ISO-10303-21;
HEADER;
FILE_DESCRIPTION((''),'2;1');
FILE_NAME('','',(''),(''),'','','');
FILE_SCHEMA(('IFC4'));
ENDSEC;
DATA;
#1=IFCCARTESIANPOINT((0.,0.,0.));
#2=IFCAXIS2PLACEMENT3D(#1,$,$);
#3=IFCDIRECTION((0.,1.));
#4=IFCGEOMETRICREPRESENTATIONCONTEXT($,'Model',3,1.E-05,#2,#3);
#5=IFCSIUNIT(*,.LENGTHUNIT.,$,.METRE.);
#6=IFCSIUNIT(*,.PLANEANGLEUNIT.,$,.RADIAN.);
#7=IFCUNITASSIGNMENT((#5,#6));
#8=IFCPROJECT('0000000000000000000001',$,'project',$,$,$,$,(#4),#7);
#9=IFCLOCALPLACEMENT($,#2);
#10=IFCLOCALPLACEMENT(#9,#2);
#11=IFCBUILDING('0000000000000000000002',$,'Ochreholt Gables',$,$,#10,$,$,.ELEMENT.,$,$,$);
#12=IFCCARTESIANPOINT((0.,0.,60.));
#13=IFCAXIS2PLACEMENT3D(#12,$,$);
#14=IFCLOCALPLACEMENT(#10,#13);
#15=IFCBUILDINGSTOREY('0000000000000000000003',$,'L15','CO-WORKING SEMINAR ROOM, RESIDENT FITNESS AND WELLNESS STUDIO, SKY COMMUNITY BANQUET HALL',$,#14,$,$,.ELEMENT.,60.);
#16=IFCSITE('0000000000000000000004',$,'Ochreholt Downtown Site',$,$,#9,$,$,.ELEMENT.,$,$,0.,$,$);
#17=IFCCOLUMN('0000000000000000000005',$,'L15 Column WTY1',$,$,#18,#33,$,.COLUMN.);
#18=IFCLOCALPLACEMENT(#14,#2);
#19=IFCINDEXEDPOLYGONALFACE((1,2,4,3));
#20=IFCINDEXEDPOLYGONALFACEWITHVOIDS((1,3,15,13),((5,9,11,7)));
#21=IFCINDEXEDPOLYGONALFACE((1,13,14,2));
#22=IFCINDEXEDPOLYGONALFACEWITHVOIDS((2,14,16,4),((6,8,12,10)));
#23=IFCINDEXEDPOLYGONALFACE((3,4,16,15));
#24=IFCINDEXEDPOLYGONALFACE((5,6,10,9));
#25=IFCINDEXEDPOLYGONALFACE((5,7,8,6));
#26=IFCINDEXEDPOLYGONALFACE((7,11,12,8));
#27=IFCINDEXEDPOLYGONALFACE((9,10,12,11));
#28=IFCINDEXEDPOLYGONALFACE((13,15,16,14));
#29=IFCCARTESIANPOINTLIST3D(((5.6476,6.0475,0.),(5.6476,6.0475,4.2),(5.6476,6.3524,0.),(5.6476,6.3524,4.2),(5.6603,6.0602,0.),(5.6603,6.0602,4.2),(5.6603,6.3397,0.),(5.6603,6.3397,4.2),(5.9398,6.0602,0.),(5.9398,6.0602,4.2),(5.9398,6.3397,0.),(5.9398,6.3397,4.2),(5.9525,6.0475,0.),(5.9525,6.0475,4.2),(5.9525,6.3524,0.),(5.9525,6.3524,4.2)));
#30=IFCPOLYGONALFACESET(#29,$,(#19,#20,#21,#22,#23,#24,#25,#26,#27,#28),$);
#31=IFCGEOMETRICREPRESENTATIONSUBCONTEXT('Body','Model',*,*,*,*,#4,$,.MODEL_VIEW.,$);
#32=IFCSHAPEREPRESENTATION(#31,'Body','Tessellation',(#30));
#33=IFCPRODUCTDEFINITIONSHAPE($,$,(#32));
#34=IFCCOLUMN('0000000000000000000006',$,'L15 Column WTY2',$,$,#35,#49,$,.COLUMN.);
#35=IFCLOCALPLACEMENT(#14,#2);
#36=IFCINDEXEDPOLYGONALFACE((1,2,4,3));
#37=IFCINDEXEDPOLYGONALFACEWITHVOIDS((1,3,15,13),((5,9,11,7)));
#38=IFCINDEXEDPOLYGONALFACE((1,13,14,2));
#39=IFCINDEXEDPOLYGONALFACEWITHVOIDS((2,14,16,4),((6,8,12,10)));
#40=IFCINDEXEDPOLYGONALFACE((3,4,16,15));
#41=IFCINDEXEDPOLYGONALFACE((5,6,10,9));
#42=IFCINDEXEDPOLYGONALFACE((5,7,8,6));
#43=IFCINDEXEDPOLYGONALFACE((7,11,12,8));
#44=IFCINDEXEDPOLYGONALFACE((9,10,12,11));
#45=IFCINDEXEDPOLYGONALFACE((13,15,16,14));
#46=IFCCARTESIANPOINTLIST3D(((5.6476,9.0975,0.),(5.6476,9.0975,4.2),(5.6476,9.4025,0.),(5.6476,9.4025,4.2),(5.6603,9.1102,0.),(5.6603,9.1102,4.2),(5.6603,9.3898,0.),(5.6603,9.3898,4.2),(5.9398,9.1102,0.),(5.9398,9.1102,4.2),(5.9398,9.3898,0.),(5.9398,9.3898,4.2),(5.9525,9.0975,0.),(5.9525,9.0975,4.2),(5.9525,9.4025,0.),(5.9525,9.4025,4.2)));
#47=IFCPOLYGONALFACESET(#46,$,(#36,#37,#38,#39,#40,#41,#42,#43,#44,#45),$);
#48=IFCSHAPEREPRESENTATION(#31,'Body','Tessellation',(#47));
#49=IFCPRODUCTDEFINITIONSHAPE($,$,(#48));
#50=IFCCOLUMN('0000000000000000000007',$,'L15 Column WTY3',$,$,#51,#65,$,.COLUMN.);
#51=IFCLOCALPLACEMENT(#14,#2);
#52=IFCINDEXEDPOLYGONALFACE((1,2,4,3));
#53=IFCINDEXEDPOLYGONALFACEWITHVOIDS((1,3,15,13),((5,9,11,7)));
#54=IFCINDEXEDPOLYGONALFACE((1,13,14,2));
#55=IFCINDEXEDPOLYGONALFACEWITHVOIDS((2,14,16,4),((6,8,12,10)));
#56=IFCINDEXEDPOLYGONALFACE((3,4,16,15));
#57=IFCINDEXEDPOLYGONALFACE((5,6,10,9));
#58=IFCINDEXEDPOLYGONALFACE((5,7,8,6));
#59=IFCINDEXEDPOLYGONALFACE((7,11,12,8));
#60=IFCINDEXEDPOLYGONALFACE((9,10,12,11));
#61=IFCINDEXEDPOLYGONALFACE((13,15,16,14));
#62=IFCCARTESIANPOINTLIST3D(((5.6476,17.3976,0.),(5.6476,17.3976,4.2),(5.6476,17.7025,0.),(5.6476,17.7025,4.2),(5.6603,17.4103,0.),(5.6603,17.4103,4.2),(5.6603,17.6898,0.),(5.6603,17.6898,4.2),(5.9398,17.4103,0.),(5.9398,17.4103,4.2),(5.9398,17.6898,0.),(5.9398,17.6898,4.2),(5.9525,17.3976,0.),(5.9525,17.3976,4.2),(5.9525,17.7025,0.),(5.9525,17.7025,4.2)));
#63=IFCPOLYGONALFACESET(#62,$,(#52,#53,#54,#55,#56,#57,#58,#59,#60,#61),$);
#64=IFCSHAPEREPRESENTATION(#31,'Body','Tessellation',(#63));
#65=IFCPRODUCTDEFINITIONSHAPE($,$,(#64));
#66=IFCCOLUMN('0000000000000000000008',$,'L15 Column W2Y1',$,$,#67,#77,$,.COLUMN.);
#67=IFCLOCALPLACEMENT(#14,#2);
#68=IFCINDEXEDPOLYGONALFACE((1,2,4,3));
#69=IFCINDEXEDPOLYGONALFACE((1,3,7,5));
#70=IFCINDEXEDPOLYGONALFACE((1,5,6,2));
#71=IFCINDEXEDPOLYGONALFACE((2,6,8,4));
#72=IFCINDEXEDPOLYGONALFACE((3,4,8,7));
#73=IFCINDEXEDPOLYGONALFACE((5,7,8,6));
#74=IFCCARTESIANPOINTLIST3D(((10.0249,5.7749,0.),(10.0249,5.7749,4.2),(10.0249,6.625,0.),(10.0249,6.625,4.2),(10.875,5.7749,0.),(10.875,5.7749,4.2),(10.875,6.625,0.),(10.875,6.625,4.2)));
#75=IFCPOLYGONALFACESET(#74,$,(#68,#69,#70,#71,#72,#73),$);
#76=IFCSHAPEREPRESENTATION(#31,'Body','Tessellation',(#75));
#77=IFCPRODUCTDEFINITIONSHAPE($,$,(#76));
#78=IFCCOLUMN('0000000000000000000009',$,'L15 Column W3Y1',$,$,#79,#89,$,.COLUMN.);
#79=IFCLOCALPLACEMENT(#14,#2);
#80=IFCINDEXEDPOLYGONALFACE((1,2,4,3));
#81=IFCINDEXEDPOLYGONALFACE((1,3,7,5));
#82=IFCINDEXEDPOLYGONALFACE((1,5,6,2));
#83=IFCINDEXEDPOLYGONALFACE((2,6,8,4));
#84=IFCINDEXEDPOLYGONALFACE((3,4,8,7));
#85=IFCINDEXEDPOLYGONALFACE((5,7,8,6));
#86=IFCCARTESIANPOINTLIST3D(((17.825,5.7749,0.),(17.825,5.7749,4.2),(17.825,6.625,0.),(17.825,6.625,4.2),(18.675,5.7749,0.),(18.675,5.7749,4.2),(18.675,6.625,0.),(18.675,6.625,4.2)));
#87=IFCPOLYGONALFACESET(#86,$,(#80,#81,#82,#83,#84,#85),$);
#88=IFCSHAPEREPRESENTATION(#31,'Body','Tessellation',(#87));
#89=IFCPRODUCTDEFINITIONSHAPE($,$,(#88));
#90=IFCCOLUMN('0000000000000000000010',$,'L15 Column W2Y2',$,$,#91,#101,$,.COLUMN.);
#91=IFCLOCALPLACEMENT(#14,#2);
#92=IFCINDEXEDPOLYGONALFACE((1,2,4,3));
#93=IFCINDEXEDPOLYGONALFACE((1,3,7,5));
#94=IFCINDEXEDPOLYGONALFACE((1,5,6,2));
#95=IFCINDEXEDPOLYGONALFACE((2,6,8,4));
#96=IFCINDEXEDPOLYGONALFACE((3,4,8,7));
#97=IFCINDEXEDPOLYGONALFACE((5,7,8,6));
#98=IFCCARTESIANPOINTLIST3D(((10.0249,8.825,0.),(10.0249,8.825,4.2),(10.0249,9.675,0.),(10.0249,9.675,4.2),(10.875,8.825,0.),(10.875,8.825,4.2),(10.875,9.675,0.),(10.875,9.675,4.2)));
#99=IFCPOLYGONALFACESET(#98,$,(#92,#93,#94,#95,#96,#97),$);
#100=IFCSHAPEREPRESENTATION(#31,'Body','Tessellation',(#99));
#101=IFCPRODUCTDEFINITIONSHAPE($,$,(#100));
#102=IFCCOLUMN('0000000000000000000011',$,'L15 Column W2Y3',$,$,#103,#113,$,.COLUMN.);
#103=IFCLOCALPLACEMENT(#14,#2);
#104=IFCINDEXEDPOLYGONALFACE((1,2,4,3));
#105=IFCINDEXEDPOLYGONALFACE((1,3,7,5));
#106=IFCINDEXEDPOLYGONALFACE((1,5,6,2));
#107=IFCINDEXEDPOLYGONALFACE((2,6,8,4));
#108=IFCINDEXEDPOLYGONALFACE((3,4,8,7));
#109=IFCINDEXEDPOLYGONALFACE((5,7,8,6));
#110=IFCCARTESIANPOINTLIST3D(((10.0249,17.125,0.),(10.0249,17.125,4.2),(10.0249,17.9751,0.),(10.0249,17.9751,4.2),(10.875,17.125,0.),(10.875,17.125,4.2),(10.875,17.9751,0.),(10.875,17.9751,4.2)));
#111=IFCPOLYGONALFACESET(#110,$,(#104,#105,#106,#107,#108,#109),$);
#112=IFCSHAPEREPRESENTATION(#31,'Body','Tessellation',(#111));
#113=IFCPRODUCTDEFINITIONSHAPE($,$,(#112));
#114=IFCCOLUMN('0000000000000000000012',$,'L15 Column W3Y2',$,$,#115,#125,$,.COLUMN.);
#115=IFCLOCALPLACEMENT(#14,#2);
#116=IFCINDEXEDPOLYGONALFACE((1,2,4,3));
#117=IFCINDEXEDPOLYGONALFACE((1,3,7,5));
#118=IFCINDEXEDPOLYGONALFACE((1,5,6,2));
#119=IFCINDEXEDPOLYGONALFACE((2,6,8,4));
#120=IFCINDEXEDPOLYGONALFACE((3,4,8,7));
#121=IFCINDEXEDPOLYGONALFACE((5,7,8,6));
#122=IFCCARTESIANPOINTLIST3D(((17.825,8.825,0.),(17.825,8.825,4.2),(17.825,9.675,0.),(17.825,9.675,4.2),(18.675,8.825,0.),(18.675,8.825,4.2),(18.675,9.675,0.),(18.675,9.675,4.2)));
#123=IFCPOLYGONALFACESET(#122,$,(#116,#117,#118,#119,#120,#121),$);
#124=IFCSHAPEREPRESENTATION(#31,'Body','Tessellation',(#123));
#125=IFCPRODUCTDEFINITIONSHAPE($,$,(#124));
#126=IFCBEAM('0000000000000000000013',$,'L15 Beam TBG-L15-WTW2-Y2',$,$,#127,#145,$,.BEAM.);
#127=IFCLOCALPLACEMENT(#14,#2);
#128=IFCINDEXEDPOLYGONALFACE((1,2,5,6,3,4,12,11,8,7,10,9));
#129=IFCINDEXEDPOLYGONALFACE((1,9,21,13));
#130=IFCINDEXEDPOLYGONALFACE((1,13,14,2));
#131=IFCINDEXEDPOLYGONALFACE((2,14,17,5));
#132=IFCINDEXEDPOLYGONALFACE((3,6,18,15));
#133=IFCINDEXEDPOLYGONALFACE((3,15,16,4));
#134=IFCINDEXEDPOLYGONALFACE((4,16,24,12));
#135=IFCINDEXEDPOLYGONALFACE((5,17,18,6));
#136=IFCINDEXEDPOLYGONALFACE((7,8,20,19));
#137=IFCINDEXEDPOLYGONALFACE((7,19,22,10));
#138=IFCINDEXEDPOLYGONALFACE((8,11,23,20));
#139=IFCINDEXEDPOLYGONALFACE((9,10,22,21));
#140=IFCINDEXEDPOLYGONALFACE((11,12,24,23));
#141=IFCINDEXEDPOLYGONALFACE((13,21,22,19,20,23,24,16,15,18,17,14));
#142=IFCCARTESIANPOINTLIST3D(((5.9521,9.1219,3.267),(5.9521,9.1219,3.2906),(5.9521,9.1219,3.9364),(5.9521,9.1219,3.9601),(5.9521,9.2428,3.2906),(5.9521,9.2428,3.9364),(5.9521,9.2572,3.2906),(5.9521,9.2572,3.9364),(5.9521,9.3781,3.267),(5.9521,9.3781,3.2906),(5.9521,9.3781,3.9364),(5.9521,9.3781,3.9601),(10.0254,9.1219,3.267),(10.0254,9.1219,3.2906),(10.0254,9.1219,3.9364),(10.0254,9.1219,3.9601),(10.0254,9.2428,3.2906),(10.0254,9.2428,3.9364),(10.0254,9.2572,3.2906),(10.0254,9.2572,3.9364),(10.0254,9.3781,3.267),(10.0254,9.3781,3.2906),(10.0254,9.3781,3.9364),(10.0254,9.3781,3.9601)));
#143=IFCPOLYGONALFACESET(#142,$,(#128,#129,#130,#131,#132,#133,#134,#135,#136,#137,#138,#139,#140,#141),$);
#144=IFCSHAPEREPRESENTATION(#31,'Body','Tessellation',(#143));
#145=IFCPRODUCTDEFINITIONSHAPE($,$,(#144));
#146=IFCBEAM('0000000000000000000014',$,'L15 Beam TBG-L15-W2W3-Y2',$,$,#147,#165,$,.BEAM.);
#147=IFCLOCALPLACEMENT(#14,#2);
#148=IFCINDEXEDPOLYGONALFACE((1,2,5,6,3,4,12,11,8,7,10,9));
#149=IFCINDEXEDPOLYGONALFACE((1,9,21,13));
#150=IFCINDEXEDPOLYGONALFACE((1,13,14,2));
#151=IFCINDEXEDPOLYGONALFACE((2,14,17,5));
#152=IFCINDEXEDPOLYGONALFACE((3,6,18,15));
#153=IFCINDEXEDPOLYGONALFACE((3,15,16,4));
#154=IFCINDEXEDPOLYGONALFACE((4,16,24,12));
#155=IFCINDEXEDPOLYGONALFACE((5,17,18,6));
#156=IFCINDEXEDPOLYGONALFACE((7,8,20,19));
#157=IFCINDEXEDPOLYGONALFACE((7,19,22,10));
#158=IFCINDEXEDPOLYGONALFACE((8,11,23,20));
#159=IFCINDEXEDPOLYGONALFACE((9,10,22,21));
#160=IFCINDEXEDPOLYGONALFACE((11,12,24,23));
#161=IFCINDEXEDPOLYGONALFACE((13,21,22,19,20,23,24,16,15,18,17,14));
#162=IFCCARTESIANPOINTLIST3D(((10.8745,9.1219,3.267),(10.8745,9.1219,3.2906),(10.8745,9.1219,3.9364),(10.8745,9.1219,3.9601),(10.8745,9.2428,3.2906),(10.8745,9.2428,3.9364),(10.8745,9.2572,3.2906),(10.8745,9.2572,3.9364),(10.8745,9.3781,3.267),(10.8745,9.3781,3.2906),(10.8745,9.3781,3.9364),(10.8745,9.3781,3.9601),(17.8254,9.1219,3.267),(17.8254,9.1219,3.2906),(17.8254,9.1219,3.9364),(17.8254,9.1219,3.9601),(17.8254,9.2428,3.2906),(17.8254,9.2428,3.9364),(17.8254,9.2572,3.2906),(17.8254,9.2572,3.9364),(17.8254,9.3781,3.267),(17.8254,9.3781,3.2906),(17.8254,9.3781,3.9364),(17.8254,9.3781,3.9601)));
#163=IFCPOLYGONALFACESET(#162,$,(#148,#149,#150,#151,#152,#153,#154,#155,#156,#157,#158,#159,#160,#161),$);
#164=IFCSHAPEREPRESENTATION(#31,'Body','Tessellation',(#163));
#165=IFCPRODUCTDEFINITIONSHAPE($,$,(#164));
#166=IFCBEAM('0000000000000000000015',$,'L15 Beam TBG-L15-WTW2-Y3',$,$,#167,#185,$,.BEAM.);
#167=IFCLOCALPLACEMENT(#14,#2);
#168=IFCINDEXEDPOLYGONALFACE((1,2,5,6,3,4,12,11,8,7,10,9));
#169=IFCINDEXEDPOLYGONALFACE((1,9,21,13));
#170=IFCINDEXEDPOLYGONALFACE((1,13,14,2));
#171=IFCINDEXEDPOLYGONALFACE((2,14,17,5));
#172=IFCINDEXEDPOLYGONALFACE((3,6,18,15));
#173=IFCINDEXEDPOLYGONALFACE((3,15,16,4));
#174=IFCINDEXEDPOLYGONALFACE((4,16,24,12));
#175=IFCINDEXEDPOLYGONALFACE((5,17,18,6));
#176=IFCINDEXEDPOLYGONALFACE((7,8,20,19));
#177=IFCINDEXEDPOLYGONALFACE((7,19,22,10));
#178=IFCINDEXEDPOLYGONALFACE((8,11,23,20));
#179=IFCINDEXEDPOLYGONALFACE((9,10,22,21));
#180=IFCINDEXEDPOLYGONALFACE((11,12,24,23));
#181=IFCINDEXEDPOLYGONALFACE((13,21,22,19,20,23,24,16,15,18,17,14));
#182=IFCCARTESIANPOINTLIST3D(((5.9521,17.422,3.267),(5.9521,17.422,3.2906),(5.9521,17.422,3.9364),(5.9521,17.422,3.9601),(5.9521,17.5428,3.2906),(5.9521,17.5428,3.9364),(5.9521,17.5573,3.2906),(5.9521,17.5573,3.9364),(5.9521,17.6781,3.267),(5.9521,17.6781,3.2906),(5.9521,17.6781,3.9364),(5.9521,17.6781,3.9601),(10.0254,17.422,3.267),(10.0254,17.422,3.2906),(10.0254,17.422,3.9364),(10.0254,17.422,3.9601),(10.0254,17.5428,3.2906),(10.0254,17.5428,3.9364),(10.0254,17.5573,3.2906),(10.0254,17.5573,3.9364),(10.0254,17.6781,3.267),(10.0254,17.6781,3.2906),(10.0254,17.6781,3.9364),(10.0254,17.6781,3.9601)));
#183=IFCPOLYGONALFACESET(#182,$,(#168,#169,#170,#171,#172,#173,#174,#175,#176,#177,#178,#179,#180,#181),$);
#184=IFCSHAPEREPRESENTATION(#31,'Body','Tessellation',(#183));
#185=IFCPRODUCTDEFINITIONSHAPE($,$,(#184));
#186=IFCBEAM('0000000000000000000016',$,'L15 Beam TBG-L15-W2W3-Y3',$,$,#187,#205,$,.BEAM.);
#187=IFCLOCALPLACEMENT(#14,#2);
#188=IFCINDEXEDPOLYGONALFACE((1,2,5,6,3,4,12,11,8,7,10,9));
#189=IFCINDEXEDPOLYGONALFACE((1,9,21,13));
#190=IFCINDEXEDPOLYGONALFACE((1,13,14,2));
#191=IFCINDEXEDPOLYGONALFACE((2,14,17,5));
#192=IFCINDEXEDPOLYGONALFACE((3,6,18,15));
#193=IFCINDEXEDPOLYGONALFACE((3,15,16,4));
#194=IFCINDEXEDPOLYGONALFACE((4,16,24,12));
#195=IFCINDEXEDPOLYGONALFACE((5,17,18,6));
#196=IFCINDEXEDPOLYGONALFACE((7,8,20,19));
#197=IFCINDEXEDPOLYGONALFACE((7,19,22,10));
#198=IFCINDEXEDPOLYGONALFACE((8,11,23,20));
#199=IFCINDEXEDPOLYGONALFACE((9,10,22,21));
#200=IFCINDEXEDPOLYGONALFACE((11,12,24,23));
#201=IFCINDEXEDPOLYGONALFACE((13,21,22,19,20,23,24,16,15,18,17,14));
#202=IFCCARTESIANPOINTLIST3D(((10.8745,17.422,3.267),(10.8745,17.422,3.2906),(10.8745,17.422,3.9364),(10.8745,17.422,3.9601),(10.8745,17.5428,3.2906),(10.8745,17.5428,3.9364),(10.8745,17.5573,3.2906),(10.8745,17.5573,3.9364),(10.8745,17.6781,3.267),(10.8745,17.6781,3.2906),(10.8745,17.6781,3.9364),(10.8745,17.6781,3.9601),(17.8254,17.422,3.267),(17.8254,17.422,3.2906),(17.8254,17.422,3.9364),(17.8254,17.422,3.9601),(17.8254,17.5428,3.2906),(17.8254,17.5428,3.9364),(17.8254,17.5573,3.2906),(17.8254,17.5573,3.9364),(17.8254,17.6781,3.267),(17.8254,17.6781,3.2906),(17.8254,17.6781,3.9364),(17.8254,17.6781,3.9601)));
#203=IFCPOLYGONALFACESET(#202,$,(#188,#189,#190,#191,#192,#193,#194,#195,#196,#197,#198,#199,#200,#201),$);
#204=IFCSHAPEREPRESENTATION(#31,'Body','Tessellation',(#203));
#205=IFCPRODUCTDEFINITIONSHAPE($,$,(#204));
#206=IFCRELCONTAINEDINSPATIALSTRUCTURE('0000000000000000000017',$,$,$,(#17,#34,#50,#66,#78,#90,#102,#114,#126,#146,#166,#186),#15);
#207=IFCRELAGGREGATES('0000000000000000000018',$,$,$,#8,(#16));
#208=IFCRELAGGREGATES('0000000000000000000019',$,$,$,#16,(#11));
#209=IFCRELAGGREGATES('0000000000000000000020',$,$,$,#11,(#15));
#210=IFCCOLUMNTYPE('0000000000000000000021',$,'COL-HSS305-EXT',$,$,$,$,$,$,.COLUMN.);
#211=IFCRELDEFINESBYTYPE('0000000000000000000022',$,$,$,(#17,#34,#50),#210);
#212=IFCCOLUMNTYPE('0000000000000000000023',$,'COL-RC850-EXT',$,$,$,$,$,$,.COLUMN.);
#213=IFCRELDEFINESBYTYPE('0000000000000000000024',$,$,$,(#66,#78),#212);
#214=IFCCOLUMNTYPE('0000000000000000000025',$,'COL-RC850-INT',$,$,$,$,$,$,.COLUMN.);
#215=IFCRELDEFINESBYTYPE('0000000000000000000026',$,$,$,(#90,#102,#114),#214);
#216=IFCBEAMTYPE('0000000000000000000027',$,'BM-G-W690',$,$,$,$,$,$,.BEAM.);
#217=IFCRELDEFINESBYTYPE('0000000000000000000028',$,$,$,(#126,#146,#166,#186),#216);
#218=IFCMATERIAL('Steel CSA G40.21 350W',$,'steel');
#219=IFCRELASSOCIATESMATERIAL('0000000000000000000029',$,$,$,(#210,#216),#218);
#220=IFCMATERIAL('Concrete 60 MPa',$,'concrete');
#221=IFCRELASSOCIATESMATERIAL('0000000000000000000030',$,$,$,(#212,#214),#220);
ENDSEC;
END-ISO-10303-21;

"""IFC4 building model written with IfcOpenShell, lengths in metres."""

from ifc_helpers import new_model, si_unit, direction, frame, origin, origin_2d, place, context, subcontext, project, spatial, rectangle, hollow_rectangle, i_section, extrude, material, material_profile, profile_set, type_object, element, save


model = new_model("IFC4")

# Units and contexts
model_context = context("Model", 3, precision=1e-05, world=origin(), true_north=direction((0.0, 1.0)))
body_context = subcontext(model_context, "Body", "Model", "MODEL_VIEW")
ifc_project = project(units=[si_unit("LENGTHUNIT", "METRE"), si_unit("PLANEANGLEUNIT", "RADIAN")], contexts=[model_context])

# Site, building, storey
site_placement = place(None, origin())
site = spatial("IfcSite", under=ifc_project, at=site_placement, Name="Ochreholt Downtown Site", CompositionType="ELEMENT", RefElevation=0.0)
building_placement = place(site_placement, origin())
building = spatial("IfcBuilding", under=site, at=building_placement, Name="Ochreholt Gables", CompositionType="ELEMENT")
storey_placement = place(building_placement, frame((0.0, 0.0, 60.0)))
storey = spatial("IfcBuildingStorey", under=building, at=storey_placement, Name="L15", Description="CO-WORKING SEMINAR ROOM, RESIDENT FITNESS AND WELLNESS STUDIO, SKY COMMUNITY BANQUET HALL", CompositionType="ELEMENT", Elevation=60.0)

# Columns
ifc_material_1 = material(Name="Steel CSA G40.21 350W", Category="steel")
ifc_material_profile_1 = material_profile(ifc_material_1, hollow_rectangle(XDim=0.3049, YDim=0.3049, WallThickness=0.0127, at=origin_2d()), Name="HSS305X305X13")
ifc_profile_set_1 = profile_set([ifc_material_profile_1], Name="Steel CSA G40.21 350W")
column_type_1 = type_object("IfcColumnType", Name="COL-HSS305-EXT", PredefinedType="COLUMN", material=ifc_profile_set_1)
for number, where, z_axis, x_axis, name in (
    (1, (5.8, 6.2, 0.0), (0.0, 0.0, 1.0), (1.0, 0.0, 0.0), "L15 Column WTY1"),
    (2, (5.8, 9.25, 0.0), (0.0, 0.0, 1.0), (1.0, 0.0, 0.0), "L15 Column WTY2"),
    (3, (5.8, 17.55, 0.0), (0.0, 0.0, 1.0), (1.0, 0.0, 0.0), "L15 Column WTY3"),
):
    element("IfcColumn", number, at=place(storey_placement, frame(where, z_axis=z_axis, x_axis=x_axis)), inside=storey, type_object=column_type_1, Name=name, PredefinedType="COLUMN", context=body_context, shape_type="SweptSolid", body=[
        extrude(hollow_rectangle(XDim=0.3049, YDim=0.3049, WallThickness=0.0127, at=origin_2d()), origin(), (0.0, 0.0, 1.0), 4.2),
    ])
ifc_material_2 = material(Name="Concrete 60 MPa", Category="concrete")
ifc_material_profile_2 = material_profile(ifc_material_2, rectangle(XDim=0.8501, YDim=0.8501, at=origin_2d()), Name="RC850X850")
ifc_profile_set_2 = profile_set([ifc_material_profile_2], Name="Concrete 60 MPa")
column_type_2 = type_object("IfcColumnType", Name="COL-RC850-EXT", PredefinedType="COLUMN", material=ifc_profile_set_2)
for number, where, z_axis, x_axis, name in (
    (4, (10.45, 6.2, 0.0), (0.0, 0.0, 1.0), (1.0, 0.0, 0.0), "L15 Column W2Y1"),
    (5, (18.25, 6.2, 0.0), (0.0, 0.0, 1.0), (1.0, 0.0, 0.0), "L15 Column W3Y1"),
):
    element("IfcColumn", number, at=place(storey_placement, frame(where, z_axis=z_axis, x_axis=x_axis)), inside=storey, type_object=column_type_2, Name=name, PredefinedType="COLUMN", context=body_context, shape_type="SweptSolid", body=[
        extrude(rectangle(XDim=0.8501, YDim=0.8501, at=origin_2d()), origin(), (0.0, 0.0, 1.0), 4.2),
    ])
ifc_material_profile_3 = material_profile(ifc_material_2, rectangle(XDim=0.8501, YDim=0.8501, at=origin_2d()), Name="RC850X850")
ifc_profile_set_3 = profile_set([ifc_material_profile_3], Name="Concrete 60 MPa")
column_type_3 = type_object("IfcColumnType", Name="COL-RC850-INT", PredefinedType="COLUMN", material=ifc_profile_set_3)
for number, where, z_axis, x_axis, name in (
    (6, (10.45, 9.25, 0.0), (0.0, 0.0, 1.0), (1.0, 0.0, 0.0), "L15 Column W2Y2"),
    (7, (10.45, 17.55, 0.0), (0.0, 0.0, 1.0), (1.0, 0.0, 0.0), "L15 Column W2Y3"),
    (8, (18.25, 9.25, 0.0), (0.0, 0.0, 1.0), (1.0, 0.0, 0.0), "L15 Column W3Y2"),
):
    element("IfcColumn", number, at=place(storey_placement, frame(where, z_axis=z_axis, x_axis=x_axis)), inside=storey, type_object=column_type_3, Name=name, PredefinedType="COLUMN", context=body_context, shape_type="SweptSolid", body=[
        extrude(rectangle(XDim=0.8501, YDim=0.8501, at=origin_2d()), origin(), (0.0, 0.0, 1.0), 4.2),
    ])

# Beams
ifc_material_profile_4 = material_profile(ifc_material_1, i_section(OverallWidth=0.2561, OverallDepth=0.6931, WebThickness=0.0144, FlangeThickness=0.0237, at=origin_2d()), Name="W690X170")
ifc_profile_set_4 = profile_set([ifc_material_profile_4], Name="Steel CSA G40.21 350W")
beam_type_1 = type_object("IfcBeamType", Name="BM-G-W690", PredefinedType="BEAM", material=ifc_profile_set_4)
beam_1_placement = place(storey_placement, frame((5.9521, 9.25, 3.6135), z_axis=(1.0, 0.0, 0.0), x_axis=(0.0, 1.0, 0.0)))
element("IfcBeam", 9, at=beam_1_placement, inside=storey, type_object=beam_type_1, Name="L15 Beam TBG-L15-WTW2-Y2", PredefinedType="BEAM", context=body_context, shape_type="SweptSolid", body=[
    extrude(i_section(OverallWidth=0.2561, OverallDepth=0.6931, WebThickness=0.0144, FlangeThickness=0.0237, at=origin_2d()), origin(), (0.0, 0.0, 1.0), 4.0732),
])
beam_2_placement = place(storey_placement, frame((10.8745, 9.25, 3.6135), z_axis=(1.0, 0.0, 0.0), x_axis=(0.0, 1.0, 0.0)))
element("IfcBeam", 10, at=beam_2_placement, inside=storey, type_object=beam_type_1, Name="L15 Beam TBG-L15-W2W3-Y2", PredefinedType="BEAM", context=body_context, shape_type="SweptSolid", body=[
    extrude(i_section(OverallWidth=0.2561, OverallDepth=0.6931, WebThickness=0.0144, FlangeThickness=0.0237, at=origin_2d()), origin(), (0.0, 0.0, 1.0), 6.9509),
])
beam_3_placement = place(storey_placement, frame((5.9521, 17.55, 3.6135), z_axis=(1.0, 0.0, 0.0), x_axis=(0.0, 1.0, 0.0)))
element("IfcBeam", 11, at=beam_3_placement, inside=storey, type_object=beam_type_1, Name="L15 Beam TBG-L15-WTW2-Y3", PredefinedType="BEAM", context=body_context, shape_type="SweptSolid", body=[
    extrude(i_section(OverallWidth=0.2561, OverallDepth=0.6931, WebThickness=0.0144, FlangeThickness=0.0237, at=origin_2d()), origin(), (0.0, 0.0, 1.0), 4.0732),
])
beam_4_placement = place(storey_placement, frame((10.8745, 17.55, 3.6135), z_axis=(1.0, 0.0, 0.0), x_axis=(0.0, 1.0, 0.0)))
element("IfcBeam", 12, at=beam_4_placement, inside=storey, type_object=beam_type_1, Name="L15 Beam TBG-L15-W2W3-Y3", PredefinedType="BEAM", context=body_context, shape_type="SweptSolid", body=[
    extrude(i_section(OverallWidth=0.2561, OverallDepth=0.6931, WebThickness=0.0144, FlangeThickness=0.0237, at=origin_2d()), origin(), (0.0, 0.0, 1.0), 6.9509),
])

save(model, "model.ifc")
